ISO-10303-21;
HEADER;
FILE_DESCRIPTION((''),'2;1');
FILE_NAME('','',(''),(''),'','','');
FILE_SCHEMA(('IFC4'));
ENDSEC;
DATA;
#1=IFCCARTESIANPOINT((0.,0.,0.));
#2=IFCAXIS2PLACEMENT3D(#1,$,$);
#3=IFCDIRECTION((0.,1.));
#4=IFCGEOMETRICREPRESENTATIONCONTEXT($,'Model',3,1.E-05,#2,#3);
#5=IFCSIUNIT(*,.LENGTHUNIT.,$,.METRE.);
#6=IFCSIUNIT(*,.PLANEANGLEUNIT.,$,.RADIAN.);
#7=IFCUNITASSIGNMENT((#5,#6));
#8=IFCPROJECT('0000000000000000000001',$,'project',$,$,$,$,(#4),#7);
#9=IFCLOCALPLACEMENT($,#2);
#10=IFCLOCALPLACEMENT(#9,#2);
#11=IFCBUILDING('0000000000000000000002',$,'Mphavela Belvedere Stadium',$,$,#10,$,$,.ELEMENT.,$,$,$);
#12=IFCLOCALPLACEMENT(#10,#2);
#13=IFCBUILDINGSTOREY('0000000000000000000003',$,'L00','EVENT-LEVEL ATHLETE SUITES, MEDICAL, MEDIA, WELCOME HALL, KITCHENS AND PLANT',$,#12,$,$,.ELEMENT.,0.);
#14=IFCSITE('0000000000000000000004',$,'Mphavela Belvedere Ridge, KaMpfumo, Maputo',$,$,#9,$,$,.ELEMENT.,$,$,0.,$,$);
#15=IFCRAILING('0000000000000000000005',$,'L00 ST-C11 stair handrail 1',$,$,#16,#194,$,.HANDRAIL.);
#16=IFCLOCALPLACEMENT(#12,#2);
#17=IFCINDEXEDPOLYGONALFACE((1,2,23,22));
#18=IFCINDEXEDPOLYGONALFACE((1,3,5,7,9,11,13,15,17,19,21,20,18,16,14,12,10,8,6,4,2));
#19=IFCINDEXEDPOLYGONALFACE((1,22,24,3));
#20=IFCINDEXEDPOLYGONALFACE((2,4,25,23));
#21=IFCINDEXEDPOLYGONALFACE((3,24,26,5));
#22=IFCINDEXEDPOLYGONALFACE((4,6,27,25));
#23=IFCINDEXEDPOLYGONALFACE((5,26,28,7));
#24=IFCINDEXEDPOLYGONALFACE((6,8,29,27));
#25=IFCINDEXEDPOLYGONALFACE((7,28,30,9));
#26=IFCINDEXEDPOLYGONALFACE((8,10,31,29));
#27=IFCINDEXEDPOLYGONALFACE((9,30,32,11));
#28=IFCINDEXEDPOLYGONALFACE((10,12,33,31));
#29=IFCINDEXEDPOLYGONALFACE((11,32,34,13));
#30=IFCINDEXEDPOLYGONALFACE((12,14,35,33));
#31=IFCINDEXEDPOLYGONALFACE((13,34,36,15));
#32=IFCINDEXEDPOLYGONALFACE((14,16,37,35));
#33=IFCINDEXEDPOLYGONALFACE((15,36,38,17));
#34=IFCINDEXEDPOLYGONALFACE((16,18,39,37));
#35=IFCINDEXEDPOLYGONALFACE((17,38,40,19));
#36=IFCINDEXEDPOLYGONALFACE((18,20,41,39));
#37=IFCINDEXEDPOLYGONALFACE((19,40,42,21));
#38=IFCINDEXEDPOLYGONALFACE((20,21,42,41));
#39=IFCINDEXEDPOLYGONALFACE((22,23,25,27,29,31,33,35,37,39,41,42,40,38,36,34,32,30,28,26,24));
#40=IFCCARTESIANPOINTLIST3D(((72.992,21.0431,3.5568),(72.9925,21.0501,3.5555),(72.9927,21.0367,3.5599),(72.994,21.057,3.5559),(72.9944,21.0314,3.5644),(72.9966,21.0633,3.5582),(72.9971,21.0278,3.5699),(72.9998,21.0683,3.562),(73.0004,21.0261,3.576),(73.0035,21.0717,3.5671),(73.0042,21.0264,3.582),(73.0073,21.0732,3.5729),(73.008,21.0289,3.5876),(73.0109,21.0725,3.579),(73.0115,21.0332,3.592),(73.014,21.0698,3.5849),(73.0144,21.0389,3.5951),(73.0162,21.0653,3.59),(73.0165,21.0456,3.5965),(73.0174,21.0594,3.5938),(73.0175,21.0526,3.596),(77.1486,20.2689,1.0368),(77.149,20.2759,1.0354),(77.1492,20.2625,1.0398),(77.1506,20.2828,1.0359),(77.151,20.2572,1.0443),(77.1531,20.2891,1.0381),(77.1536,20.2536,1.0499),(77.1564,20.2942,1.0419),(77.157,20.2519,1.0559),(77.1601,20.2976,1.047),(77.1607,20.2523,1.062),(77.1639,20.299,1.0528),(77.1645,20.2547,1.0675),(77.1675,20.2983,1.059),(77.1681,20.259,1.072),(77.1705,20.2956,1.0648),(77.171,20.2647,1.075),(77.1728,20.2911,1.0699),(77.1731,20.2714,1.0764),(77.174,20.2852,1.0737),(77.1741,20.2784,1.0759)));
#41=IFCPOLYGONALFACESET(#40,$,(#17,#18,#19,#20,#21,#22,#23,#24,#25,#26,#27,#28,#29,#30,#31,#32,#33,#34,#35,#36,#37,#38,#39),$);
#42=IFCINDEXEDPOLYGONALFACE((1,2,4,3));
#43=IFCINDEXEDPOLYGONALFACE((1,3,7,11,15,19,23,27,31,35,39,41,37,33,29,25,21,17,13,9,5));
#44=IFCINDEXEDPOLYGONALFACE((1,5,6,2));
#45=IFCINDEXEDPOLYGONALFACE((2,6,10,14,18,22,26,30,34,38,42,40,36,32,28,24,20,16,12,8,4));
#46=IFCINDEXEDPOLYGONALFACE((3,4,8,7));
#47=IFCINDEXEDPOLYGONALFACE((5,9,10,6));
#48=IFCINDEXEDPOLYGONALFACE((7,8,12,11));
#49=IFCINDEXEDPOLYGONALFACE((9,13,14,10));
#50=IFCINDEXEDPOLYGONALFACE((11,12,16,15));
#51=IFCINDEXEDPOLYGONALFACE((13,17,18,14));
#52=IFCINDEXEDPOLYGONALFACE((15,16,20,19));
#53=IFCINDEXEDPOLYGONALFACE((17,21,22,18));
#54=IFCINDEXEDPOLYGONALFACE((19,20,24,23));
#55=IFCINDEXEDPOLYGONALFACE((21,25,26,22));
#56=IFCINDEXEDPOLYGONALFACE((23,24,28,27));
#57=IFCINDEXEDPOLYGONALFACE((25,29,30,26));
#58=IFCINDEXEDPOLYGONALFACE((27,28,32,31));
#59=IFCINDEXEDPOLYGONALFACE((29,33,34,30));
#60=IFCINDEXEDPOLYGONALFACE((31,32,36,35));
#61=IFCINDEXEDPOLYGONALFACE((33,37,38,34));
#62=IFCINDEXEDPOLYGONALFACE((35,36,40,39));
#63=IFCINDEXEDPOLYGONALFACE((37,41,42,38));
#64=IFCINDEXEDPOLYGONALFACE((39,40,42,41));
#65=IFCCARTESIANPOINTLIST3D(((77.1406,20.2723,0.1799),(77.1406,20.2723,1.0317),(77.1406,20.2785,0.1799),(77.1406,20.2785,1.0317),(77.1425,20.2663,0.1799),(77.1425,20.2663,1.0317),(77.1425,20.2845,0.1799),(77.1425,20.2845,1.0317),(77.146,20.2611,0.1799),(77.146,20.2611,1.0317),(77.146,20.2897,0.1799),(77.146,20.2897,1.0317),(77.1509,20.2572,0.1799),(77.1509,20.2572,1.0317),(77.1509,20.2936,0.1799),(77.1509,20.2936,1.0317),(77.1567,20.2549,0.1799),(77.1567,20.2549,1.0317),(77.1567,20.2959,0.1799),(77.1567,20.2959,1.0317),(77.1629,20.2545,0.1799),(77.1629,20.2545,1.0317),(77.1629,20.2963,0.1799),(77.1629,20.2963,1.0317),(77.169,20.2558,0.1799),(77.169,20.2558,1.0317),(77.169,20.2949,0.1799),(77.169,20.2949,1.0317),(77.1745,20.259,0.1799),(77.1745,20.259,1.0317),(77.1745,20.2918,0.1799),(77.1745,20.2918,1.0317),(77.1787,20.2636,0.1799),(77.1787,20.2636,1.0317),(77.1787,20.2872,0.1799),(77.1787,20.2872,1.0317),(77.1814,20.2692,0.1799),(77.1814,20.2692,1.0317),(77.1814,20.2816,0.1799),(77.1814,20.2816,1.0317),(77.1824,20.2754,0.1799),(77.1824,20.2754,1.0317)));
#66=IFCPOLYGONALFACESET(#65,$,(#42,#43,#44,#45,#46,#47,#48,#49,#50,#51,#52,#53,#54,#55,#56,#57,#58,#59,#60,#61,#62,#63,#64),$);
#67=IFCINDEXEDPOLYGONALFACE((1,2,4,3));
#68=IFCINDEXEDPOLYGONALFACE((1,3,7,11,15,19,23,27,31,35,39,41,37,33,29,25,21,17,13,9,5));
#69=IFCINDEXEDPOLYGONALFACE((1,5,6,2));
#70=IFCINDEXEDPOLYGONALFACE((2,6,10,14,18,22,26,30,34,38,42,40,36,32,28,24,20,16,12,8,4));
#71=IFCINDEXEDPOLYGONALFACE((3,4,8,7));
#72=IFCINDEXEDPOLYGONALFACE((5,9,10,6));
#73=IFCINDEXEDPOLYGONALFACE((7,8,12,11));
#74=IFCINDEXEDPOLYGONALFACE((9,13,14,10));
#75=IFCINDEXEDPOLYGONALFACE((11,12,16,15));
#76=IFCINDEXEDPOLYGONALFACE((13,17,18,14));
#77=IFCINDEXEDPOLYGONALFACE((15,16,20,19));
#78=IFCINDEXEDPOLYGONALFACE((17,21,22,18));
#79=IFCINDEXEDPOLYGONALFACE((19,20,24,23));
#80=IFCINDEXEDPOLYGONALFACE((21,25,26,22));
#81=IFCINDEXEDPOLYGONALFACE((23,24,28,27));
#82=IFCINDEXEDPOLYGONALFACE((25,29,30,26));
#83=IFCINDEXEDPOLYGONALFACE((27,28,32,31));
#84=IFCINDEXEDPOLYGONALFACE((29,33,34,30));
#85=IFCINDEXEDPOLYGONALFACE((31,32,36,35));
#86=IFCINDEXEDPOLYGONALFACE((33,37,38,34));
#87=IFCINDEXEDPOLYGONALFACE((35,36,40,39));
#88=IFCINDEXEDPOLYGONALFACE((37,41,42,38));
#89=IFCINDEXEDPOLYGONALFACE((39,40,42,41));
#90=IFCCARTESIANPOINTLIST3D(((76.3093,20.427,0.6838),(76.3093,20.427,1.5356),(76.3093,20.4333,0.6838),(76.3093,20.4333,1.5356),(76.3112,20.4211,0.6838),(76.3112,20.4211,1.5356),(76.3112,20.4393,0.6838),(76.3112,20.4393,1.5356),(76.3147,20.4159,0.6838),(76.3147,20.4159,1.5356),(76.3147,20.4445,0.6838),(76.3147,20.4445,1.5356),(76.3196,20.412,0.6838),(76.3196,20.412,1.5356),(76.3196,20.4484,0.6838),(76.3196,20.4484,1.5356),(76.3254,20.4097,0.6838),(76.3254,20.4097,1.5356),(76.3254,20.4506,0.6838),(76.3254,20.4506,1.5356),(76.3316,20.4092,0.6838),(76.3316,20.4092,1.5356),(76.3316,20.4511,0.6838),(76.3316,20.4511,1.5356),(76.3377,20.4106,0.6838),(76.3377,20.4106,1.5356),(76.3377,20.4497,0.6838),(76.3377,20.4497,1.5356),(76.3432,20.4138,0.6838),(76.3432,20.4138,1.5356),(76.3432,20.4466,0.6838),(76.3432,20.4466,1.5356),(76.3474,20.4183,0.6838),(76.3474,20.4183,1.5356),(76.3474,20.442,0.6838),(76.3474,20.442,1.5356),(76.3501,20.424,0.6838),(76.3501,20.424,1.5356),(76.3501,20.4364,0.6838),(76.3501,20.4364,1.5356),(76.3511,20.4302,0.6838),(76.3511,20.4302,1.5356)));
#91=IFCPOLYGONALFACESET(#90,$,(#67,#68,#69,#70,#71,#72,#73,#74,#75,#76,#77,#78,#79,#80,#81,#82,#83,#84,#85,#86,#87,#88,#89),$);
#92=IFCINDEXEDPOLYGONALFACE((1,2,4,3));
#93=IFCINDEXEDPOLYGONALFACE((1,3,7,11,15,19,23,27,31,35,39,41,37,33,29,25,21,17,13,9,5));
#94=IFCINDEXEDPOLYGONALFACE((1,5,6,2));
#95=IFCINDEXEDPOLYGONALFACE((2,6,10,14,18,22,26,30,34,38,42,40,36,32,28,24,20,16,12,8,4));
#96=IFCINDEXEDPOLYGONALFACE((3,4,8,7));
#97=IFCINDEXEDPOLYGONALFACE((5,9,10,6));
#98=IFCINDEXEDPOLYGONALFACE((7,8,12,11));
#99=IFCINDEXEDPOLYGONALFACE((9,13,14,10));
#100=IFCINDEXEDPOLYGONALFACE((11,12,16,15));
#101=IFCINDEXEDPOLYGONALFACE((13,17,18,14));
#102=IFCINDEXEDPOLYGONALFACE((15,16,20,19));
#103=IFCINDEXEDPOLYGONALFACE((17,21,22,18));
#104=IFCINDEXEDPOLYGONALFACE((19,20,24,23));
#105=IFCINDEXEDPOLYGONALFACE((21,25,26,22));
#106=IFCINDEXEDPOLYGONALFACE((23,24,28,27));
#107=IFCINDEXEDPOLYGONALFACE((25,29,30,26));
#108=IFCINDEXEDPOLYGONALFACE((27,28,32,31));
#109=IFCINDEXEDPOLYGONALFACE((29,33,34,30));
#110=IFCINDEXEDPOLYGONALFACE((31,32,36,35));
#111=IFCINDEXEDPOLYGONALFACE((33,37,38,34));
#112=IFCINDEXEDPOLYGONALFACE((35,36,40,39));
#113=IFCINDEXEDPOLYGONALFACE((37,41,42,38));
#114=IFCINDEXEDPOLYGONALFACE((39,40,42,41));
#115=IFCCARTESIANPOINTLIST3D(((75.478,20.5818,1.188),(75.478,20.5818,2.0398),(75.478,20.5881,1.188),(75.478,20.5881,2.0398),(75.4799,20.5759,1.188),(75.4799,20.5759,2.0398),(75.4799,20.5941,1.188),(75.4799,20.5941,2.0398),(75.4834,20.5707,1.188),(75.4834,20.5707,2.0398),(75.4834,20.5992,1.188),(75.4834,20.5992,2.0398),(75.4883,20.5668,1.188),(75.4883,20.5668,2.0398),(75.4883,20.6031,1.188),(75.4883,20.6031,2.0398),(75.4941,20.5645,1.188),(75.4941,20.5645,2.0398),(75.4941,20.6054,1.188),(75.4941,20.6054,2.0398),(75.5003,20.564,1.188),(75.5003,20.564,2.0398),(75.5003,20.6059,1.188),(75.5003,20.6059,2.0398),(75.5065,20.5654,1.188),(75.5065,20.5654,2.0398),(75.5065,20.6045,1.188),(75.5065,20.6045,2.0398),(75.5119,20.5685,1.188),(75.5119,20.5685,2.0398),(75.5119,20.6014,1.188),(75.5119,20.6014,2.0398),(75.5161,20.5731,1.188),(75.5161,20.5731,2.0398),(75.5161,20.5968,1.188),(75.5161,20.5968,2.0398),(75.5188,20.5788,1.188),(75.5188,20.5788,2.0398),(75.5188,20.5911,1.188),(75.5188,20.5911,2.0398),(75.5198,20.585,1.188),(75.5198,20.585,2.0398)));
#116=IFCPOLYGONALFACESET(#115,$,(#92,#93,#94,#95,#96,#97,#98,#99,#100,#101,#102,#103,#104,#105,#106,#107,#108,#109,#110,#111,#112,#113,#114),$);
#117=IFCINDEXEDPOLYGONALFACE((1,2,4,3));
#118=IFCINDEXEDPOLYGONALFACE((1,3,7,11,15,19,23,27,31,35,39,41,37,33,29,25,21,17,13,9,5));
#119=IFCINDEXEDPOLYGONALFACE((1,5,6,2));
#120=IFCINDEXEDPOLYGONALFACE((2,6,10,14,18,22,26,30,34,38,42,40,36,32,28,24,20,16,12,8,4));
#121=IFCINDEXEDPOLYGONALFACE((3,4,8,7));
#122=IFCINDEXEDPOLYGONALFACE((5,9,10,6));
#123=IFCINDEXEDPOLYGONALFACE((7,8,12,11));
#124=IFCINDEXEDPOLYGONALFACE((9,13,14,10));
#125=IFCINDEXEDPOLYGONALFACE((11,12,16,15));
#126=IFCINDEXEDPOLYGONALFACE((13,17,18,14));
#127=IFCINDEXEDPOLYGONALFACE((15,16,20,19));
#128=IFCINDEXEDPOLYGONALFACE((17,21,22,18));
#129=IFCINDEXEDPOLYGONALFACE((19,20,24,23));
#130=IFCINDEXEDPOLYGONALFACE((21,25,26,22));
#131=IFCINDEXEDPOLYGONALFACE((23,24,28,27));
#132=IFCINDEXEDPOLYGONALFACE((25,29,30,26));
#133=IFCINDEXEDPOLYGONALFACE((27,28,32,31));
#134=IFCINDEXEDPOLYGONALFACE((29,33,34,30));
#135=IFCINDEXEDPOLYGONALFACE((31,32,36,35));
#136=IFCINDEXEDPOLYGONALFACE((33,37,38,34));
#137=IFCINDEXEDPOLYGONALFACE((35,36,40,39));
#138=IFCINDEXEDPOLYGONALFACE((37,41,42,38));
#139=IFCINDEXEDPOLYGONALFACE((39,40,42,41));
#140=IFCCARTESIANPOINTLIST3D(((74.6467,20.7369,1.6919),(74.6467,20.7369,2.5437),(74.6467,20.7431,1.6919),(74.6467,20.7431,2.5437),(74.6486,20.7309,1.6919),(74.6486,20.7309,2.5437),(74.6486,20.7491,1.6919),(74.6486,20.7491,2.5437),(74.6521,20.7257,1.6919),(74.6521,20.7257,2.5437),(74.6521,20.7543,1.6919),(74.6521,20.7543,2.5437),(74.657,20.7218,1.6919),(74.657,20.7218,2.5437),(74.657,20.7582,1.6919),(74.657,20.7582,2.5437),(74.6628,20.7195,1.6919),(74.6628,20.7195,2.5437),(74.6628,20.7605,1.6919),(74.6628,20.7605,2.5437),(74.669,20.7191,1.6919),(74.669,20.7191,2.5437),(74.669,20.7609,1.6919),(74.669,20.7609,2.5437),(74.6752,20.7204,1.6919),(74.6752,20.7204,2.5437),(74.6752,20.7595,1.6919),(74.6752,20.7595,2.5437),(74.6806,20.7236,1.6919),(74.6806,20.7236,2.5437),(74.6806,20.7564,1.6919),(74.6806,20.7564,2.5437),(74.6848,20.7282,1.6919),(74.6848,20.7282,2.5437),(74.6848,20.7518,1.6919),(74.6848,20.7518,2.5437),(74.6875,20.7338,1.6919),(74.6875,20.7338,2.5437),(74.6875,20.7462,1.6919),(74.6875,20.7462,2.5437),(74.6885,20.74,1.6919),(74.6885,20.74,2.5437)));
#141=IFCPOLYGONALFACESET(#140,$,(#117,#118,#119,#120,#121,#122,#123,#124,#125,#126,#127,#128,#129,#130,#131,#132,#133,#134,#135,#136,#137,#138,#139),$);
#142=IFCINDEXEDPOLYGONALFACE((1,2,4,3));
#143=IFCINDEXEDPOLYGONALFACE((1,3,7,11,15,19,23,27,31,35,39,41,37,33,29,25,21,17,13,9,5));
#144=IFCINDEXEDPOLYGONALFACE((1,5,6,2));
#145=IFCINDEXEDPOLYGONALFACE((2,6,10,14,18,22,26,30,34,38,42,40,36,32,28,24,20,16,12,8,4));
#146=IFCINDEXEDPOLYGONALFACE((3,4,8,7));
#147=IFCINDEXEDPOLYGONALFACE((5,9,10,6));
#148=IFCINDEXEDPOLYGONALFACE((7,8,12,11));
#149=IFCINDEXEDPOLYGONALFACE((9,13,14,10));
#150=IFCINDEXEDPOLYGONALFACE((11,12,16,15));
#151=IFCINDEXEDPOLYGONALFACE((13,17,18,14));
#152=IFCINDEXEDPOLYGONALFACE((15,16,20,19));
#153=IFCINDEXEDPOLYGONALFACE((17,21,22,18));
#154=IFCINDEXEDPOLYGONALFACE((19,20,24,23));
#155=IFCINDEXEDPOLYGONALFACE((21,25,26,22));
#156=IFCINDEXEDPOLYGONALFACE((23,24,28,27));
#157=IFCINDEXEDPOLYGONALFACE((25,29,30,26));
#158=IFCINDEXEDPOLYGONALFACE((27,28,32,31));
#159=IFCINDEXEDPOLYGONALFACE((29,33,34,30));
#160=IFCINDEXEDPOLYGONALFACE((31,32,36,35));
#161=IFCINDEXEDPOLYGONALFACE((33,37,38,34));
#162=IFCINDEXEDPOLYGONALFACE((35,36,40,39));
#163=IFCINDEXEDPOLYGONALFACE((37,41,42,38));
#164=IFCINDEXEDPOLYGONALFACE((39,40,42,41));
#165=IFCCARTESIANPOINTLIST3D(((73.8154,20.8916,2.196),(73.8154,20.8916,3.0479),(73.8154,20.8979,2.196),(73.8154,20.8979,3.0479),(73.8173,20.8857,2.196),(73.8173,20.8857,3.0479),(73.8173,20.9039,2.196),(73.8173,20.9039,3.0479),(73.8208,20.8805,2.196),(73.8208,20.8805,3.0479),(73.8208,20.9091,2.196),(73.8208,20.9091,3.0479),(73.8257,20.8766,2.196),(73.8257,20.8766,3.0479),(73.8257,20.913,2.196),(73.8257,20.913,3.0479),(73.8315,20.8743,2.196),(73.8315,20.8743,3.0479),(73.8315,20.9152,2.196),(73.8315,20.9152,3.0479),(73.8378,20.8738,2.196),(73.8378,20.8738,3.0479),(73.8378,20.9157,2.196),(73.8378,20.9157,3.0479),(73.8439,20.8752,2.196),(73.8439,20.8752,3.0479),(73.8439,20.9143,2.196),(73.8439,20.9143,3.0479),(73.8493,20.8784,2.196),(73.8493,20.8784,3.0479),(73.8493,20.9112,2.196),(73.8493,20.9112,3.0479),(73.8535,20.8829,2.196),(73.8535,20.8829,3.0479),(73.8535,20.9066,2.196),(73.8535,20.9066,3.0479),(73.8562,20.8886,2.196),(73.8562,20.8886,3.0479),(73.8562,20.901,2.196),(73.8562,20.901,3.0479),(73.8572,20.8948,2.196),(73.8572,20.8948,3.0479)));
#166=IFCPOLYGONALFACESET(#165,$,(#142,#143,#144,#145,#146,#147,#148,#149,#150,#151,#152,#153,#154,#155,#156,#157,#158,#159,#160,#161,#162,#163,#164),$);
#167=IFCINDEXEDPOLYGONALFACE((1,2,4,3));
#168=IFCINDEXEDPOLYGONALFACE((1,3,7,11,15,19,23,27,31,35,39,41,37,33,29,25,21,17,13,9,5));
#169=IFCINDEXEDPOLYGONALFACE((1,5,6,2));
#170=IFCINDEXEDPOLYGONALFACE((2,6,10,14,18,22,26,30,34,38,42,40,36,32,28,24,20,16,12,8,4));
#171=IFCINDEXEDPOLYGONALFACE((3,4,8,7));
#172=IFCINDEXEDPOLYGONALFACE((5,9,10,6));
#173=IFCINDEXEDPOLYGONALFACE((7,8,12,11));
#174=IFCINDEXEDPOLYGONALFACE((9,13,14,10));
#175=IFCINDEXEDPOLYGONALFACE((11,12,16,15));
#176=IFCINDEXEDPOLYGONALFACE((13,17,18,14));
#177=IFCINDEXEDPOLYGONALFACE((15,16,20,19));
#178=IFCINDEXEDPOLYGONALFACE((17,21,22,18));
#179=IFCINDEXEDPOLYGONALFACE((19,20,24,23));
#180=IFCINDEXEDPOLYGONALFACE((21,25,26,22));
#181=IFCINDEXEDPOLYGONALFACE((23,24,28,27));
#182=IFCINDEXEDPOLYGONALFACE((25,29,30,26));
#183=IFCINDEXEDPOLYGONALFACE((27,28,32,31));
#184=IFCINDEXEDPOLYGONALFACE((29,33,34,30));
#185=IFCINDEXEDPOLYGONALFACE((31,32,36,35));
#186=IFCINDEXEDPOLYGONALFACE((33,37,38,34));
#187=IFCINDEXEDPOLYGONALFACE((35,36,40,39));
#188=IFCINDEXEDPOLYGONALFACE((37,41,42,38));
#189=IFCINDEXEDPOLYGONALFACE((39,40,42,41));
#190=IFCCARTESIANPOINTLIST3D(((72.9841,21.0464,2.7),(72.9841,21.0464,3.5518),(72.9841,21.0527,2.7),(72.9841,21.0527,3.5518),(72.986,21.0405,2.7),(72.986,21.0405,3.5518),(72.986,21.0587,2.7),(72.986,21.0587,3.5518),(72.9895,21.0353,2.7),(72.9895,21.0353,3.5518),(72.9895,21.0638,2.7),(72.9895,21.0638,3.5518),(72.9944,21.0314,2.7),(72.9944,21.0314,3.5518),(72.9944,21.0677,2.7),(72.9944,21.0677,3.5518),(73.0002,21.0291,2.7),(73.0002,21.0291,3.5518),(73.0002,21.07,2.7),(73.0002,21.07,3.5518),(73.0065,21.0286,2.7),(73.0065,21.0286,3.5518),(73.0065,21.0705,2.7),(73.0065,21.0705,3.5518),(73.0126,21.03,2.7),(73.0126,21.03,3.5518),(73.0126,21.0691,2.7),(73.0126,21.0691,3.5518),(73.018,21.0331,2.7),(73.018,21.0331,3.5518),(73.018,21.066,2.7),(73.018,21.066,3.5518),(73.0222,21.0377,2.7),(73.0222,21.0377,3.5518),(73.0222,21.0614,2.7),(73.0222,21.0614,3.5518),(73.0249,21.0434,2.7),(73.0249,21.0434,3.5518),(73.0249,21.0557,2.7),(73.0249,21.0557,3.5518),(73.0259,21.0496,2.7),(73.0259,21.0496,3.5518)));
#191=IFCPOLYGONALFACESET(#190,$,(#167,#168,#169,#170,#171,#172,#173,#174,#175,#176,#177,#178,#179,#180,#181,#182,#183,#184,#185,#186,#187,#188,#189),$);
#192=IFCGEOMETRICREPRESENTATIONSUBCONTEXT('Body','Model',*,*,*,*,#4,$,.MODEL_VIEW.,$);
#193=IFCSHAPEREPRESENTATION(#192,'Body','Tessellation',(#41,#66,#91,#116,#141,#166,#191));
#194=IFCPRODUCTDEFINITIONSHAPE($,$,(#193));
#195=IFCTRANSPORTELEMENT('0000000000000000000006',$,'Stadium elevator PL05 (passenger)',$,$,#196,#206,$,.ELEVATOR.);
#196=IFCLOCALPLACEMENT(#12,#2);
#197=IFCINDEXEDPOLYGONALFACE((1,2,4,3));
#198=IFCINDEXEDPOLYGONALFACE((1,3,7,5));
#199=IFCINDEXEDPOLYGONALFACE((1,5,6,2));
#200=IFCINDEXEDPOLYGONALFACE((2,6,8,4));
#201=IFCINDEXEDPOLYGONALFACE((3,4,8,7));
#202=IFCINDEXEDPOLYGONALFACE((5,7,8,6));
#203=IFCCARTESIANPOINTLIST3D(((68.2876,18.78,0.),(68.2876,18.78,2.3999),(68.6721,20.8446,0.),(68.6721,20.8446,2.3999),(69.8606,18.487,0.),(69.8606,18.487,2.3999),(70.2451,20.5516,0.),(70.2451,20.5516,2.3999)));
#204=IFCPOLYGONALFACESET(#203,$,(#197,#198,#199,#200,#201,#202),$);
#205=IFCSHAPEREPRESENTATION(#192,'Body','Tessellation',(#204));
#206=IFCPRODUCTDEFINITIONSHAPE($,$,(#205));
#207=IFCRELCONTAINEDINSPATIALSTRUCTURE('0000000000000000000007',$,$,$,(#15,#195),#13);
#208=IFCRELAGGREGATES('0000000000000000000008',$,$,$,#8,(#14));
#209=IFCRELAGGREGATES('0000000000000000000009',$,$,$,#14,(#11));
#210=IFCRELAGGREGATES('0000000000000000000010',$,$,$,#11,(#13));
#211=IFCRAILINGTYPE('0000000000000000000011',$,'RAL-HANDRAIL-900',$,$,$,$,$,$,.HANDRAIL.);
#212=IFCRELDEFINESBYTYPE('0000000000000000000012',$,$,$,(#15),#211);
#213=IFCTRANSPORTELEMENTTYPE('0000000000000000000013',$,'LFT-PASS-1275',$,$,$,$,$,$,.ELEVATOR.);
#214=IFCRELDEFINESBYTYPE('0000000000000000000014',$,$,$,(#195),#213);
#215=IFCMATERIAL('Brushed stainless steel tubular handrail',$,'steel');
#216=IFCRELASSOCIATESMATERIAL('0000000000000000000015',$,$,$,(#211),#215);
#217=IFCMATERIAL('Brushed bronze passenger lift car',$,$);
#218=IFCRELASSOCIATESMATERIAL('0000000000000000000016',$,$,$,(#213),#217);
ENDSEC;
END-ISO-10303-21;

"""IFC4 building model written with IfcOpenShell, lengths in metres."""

from ifc_helpers import new_model, si_unit, direction, frame, origin, origin_2d, place, context, subcontext, project, spatial, rectangle, circle, extrude, material, type_object, element, save


model = new_model("IFC4")

# Units and contexts
model_context = context("Model", 3, precision=1e-05, world=origin(), true_north=direction((0.0, 1.0)))
body_context = subcontext(model_context, "Body", "Model", "MODEL_VIEW")
ifc_project = project(units=[si_unit("LENGTHUNIT", "METRE"), si_unit("PLANEANGLEUNIT", "RADIAN")], contexts=[model_context])

# Site, building, storey
site_placement = place(None, origin())
site = spatial("IfcSite", under=ifc_project, at=site_placement, Name="Mphavela Belvedere Ridge, KaMpfumo, Maputo", CompositionType="ELEMENT", RefElevation=0.0)
building_placement = place(site_placement, origin())
building = spatial("IfcBuilding", under=site, at=building_placement, Name="Mphavela Belvedere Stadium", CompositionType="ELEMENT")
storey_placement = place(building_placement, origin())
storey = spatial("IfcBuildingStorey", under=building, at=storey_placement, Name="L00", Description="EVENT-LEVEL ATHLETE SUITES, MEDICAL, MEDIA, WELCOME HALL, KITCHENS AND PLANT", CompositionType="ELEMENT", Elevation=0.0)

# Railing
ifc_material_1 = material(Name="Brushed stainless steel tubular handrail", Category="steel")
railing_type_1 = type_object("IfcRailingType", Name="RAL-HANDRAIL-900", PredefinedType="HANDRAIL", material=ifc_material_1)
railing_1_placement = place(storey_placement, frame((77.1614, 20.2754, 0.1799)))
element("IfcRailing", 1, at=railing_1_placement, inside=storey, type_object=railing_type_1, Name="L00 ST-C11 stair handrail 1", PredefinedType="HANDRAIL", context=body_context, shape_type="SweptSolid", body=[
    extrude(circle(Radius=0.0239, at=origin_2d()), frame((0.0, 0.0, 0.876), z_axis=(-0.844469, 0.157287, 0.511989), x_axis=(-0.183107, -0.983093, 0.0)), (0.0, 0.0, 1.0), 4.9221),
    extrude(circle(Radius=0.021, at=origin_2d()), origin(), (0.0, 0.0, 1.0), 0.8518),
    extrude(circle(Radius=0.021, at=origin_2d()), frame((-0.8313, 0.1548, 0.5039)), (0.0, 0.0, 1.0), 0.8518),
    extrude(circle(Radius=0.021, at=origin_2d()), frame((-1.6626, 0.3096, 1.0081)), (0.0, 0.0, 1.0), 0.8518),
    extrude(circle(Radius=0.021, at=origin_2d()), frame((-2.4939, 0.4646, 1.512)), (0.0, 0.0, 1.0), 0.8518),
    extrude(circle(Radius=0.021, at=origin_2d()), frame((-3.3252, 0.6194, 2.0161)), (0.0, 0.0, 1.0), 0.8518),
    extrude(circle(Radius=0.021, at=origin_2d()), frame((-4.1565, 0.7742, 2.52)), (0.0, 0.0, 1.0), 0.8518),
])

# Transport element
ifc_material_2 = material(Name="Brushed bronze passenger lift car")
transport_element_type = type_object("IfcTransportElementType", Name="LFT-PASS-1275", PredefinedType="ELEVATOR", material=ifc_material_2)
transport_element_placement = place(storey_placement, frame((69.2664, 19.6658, 0.0), z_axis=(0.0, 0.0, 1.0), x_axis=(-0.983096, 0.183094, 0.0)))
element("IfcTransportElement", 2, at=transport_element_placement, inside=storey, type_object=transport_element_type, Name="Stadium elevator PL05 (passenger)", PredefinedType="ELEVATOR", context=body_context, shape_type="SweptSolid", body=[
    extrude(rectangle(XDim=1.6001, YDim=2.1001, at=origin_2d()), origin(), (0.0, 0.0, 1.0), 2.3999),
])

save(model, "model.ifc")
